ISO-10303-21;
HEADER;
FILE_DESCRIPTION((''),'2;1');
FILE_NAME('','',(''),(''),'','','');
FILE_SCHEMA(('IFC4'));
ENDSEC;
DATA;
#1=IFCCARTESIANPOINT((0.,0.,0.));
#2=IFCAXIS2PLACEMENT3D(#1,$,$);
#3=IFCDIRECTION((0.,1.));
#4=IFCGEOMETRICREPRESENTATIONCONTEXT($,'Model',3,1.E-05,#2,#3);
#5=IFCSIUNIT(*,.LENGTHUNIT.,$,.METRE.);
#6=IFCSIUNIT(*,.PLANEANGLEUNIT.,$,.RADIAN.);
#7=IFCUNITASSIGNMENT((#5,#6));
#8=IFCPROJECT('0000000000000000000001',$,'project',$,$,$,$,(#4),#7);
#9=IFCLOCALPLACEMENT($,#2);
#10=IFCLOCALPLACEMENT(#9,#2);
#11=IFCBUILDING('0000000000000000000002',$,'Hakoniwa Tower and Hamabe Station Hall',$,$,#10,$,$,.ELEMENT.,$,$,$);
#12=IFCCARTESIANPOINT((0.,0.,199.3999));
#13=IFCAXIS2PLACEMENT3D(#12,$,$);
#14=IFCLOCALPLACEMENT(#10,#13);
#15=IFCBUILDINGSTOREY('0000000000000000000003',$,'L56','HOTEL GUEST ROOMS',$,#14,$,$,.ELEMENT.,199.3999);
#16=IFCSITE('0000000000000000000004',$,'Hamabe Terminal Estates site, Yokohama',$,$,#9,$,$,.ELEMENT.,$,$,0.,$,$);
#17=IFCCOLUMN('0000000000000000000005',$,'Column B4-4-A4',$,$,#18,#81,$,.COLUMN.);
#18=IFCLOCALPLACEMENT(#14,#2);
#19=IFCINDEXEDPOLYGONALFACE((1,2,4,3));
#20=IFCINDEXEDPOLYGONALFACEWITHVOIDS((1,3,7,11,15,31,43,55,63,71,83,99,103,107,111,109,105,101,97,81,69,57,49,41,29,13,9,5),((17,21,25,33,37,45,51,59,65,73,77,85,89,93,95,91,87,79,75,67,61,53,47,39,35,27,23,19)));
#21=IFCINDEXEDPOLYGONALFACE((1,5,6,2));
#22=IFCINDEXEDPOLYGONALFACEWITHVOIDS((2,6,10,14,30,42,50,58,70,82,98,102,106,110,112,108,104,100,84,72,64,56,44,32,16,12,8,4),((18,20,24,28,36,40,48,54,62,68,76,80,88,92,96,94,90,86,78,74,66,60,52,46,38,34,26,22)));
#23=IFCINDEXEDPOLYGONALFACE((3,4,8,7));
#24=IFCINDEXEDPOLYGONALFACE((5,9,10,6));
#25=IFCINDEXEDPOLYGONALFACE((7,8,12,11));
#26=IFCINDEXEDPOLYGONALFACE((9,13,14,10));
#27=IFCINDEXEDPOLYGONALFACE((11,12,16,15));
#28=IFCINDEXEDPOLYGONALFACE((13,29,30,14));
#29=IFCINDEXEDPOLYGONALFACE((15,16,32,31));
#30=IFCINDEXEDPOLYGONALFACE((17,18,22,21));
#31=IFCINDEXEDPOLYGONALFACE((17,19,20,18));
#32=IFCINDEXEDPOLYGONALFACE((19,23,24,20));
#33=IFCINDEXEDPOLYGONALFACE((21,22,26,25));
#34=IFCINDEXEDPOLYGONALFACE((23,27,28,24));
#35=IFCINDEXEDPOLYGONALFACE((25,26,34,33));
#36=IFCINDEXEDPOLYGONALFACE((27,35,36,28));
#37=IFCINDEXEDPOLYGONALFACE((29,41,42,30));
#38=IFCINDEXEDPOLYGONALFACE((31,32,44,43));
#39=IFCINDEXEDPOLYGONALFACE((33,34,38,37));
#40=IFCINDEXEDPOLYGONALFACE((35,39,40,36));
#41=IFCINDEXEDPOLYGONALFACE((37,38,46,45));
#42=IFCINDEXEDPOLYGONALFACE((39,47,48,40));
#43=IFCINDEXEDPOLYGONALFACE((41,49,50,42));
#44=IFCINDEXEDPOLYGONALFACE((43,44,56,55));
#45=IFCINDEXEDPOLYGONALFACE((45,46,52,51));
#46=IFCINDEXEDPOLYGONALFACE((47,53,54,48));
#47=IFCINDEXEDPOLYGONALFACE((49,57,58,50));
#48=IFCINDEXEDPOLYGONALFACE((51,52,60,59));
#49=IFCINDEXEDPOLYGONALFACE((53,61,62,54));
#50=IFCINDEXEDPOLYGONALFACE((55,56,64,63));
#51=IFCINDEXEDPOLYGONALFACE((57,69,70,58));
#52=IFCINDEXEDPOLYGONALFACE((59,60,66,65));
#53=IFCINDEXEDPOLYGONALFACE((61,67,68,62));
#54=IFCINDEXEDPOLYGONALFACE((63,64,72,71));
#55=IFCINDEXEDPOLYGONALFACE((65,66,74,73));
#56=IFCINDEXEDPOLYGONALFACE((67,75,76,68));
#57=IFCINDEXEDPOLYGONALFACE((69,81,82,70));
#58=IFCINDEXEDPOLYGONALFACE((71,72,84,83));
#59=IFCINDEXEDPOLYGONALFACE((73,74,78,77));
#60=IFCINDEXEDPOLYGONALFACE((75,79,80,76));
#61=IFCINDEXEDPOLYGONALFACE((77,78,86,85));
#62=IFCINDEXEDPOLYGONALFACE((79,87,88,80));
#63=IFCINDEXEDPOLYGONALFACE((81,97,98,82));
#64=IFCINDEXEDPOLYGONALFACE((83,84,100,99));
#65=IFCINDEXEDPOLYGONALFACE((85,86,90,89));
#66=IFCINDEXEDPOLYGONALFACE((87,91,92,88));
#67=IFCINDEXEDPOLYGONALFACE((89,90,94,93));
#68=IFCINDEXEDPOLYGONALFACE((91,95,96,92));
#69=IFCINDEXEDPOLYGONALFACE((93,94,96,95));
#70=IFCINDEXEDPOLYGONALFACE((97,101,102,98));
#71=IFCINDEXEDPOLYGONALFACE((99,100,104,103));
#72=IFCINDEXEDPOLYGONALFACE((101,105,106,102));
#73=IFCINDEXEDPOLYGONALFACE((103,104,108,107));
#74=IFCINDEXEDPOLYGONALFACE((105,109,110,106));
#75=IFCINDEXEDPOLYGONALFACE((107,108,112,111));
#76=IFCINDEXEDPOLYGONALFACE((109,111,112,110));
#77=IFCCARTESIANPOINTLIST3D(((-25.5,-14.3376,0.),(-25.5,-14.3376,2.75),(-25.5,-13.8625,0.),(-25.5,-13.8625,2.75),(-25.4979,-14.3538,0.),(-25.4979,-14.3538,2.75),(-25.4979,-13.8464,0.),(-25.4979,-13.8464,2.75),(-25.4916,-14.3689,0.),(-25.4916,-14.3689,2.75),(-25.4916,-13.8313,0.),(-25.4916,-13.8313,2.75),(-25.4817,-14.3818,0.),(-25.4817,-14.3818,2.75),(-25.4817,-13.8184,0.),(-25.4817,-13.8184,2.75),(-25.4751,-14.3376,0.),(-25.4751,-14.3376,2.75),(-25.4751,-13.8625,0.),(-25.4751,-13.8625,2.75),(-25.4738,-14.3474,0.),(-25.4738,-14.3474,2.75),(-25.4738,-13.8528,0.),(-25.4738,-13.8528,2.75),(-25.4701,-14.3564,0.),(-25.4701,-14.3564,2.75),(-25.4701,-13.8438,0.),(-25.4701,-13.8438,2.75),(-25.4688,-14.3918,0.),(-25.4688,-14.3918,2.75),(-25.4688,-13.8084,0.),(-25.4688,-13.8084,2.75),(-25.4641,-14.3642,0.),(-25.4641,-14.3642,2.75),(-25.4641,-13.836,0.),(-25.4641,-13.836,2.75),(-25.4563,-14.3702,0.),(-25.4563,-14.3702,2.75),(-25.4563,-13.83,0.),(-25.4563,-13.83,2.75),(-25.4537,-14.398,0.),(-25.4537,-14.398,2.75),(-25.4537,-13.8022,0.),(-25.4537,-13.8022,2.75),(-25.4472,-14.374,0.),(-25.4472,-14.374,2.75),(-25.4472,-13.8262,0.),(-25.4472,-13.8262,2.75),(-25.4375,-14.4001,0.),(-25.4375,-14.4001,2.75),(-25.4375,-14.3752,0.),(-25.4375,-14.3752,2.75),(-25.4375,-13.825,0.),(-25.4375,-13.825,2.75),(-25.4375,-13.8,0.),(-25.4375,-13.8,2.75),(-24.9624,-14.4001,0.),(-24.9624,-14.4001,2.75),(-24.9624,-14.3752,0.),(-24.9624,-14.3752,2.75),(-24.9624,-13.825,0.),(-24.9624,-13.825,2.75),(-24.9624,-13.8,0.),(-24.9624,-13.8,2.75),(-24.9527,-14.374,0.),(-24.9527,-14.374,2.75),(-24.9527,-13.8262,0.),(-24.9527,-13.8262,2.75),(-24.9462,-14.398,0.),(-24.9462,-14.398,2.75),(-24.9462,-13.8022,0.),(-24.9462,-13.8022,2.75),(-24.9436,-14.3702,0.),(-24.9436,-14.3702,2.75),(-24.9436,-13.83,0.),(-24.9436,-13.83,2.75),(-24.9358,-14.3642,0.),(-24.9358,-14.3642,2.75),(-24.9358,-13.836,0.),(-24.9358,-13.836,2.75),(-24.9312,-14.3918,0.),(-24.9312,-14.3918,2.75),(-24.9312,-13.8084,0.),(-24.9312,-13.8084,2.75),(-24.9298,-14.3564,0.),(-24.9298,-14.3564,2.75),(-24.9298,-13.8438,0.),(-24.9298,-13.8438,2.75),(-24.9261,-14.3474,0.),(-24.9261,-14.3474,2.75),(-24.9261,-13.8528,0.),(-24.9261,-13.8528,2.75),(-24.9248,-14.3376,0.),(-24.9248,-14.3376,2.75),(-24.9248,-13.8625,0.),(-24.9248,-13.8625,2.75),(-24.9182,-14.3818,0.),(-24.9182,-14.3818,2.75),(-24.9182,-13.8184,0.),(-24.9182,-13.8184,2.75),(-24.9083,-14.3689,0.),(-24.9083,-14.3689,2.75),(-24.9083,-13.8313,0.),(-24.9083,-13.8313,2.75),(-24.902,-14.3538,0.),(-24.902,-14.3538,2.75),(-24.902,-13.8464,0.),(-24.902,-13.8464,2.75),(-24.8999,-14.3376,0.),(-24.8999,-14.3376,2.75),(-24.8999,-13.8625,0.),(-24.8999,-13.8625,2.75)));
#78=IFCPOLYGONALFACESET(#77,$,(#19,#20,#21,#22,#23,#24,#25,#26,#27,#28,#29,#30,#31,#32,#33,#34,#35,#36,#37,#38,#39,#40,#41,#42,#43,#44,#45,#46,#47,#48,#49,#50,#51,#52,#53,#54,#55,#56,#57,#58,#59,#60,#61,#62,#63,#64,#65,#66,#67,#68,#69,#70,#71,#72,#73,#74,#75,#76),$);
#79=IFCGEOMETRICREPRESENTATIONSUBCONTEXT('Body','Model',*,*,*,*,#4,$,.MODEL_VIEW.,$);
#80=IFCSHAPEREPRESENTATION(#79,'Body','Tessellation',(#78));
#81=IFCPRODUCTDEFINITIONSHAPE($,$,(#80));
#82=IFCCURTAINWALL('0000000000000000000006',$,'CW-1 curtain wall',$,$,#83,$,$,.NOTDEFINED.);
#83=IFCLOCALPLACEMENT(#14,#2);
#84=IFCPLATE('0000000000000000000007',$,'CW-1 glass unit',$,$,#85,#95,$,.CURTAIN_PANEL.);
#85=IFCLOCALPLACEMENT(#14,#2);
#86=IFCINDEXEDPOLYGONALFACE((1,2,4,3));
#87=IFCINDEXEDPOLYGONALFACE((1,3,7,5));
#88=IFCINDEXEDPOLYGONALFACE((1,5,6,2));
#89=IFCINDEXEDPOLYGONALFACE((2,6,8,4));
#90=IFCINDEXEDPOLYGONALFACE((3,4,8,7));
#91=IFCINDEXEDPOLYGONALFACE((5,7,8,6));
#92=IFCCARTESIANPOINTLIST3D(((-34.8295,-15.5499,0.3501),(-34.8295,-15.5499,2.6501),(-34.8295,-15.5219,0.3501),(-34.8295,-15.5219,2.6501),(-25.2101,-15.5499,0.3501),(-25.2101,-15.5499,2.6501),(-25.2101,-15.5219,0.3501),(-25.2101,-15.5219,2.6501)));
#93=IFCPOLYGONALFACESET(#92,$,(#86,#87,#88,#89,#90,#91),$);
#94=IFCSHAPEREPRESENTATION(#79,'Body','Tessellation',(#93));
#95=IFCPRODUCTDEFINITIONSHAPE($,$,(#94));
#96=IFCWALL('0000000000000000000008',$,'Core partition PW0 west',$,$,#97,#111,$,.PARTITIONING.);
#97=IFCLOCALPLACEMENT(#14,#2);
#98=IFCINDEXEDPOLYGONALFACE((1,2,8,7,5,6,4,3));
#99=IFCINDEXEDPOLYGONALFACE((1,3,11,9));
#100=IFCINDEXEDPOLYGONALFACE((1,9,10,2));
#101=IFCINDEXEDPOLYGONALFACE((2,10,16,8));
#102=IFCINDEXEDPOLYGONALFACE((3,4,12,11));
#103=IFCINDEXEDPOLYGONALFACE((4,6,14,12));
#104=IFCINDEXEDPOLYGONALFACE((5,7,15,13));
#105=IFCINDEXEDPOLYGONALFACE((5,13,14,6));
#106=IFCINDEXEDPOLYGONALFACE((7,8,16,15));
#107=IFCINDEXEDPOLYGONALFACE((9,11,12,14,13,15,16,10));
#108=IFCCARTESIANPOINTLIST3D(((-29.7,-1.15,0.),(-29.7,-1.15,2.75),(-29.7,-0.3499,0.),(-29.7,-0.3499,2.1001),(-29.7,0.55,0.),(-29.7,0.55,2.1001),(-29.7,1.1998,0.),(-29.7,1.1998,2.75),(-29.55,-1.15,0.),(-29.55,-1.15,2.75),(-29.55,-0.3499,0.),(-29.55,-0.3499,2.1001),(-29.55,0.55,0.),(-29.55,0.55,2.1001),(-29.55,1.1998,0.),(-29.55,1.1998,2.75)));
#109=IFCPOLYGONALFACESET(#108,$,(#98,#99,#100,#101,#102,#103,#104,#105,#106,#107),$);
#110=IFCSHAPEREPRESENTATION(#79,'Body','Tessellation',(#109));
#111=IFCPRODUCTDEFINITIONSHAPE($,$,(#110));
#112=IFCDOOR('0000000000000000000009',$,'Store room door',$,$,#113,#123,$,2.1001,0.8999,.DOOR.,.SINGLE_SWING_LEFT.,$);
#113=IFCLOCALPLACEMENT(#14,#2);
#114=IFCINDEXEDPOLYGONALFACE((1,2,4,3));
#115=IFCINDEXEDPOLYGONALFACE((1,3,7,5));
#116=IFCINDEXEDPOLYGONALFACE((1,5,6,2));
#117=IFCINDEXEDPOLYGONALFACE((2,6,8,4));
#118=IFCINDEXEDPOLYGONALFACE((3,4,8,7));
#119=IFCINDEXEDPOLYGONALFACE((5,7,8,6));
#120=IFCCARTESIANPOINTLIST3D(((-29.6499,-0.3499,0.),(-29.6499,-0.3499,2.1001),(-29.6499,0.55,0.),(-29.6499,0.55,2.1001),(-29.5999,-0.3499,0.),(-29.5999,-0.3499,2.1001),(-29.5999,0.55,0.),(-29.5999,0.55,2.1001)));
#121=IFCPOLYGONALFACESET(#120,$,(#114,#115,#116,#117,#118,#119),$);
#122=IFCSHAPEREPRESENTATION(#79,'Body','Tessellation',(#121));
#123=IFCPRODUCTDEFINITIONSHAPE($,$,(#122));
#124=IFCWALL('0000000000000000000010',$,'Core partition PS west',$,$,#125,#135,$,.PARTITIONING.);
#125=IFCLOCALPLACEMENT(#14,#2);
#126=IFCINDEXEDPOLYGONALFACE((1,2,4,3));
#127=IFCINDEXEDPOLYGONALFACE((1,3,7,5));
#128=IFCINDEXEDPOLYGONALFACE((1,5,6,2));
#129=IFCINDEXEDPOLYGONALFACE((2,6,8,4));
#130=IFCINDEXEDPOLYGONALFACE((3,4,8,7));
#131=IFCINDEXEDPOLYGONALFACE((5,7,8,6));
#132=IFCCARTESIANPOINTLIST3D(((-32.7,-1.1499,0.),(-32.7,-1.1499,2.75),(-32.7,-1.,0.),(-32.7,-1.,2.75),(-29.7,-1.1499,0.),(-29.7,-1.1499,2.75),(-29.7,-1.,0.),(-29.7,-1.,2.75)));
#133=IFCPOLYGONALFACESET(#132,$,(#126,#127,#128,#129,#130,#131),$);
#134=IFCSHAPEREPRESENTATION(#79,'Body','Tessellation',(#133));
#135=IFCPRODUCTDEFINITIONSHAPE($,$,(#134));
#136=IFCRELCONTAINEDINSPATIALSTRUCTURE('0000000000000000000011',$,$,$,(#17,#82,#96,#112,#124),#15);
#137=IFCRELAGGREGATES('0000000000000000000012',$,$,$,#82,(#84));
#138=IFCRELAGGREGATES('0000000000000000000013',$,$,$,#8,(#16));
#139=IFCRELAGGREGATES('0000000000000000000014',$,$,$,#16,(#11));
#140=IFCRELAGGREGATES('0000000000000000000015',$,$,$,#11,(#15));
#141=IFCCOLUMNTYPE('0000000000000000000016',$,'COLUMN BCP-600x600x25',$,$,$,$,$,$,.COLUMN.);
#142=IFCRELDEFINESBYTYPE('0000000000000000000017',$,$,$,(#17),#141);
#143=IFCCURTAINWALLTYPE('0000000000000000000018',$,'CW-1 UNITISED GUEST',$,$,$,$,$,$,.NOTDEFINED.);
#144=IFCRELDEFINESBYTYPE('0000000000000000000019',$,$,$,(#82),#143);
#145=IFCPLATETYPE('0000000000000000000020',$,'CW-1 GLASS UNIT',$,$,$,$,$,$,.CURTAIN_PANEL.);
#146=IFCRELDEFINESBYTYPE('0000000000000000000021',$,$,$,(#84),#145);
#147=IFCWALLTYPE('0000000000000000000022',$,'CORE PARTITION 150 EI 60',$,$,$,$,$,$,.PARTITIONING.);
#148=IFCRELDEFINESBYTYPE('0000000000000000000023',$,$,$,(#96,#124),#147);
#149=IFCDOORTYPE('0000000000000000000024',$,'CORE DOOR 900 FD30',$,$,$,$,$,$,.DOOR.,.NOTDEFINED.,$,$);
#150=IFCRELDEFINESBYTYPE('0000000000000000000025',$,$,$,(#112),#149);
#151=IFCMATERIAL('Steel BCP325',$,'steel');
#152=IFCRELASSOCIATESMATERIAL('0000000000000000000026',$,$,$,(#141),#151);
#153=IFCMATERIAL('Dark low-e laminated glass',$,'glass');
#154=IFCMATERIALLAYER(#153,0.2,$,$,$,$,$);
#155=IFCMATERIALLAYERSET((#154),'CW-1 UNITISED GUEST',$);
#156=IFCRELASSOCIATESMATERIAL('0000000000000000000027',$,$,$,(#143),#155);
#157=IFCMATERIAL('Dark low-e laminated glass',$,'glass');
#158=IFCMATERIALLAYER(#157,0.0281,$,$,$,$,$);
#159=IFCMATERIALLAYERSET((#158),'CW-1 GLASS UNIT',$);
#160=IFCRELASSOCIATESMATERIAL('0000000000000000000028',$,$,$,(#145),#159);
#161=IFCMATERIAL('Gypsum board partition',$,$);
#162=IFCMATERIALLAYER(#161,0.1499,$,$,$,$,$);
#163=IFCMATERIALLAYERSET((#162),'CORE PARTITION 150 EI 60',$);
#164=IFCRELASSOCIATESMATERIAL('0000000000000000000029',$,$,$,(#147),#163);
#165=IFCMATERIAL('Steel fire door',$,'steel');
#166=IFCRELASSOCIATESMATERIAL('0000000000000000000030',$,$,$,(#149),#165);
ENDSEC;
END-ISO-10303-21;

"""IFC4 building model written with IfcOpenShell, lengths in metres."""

from ifc_helpers import new_model, si_unit, direction, frame, frame_2d, origin, origin_2d, place, context, subcontext, project, spatial, rectangle, hollow_rectangle, extrude, material, layer, layer_set, material_profile, profile_set, type_object, element, fill, aggregate, save


model = new_model("IFC4")

# Units and contexts
model_context = context("Model", 3, precision=1e-05, world=origin(), true_north=direction((0.0, 1.0)))
body_context = subcontext(model_context, "Body", "Model", "MODEL_VIEW")
ifc_project = project(units=[si_unit("LENGTHUNIT", "METRE"), si_unit("PLANEANGLEUNIT", "RADIAN")], contexts=[model_context])

# Site, building, storey
site_placement = place(None, origin())
site = spatial("IfcSite", under=ifc_project, at=site_placement, Name="Hamabe Terminal Estates site, Yokohama", CompositionType="ELEMENT", RefElevation=0.0)
building_placement = place(site_placement, origin())
building = spatial("IfcBuilding", under=site, at=building_placement, Name="Hakoniwa Tower and Hamabe Station Hall", CompositionType="ELEMENT")
storey_placement = place(building_placement, frame((0.0, 0.0, 199.3999)))
storey = spatial("IfcBuildingStorey", under=building, at=storey_placement, Name="L56", Description="HOTEL GUEST ROOMS", CompositionType="ELEMENT", Elevation=199.3999)

# Column
ifc_material_1 = material(Name="Steel BCP325", Category="steel")
ifc_material_profile = material_profile(ifc_material_1, hollow_rectangle(XDim=0.6001, YDim=0.6001, WallThickness=0.0249, InnerFilletRadius=0.0376, OuterFilletRadius=0.0625, at=origin_2d()), Name="BCP-600x600x25")
ifc_profile_set = profile_set([ifc_material_profile], Name="Steel BCP325")
column_type = type_object("IfcColumnType", Name="COLUMN BCP-600x600x25", PredefinedType="COLUMN", material=ifc_profile_set)
column_placement = place(storey_placement, frame((-25.2, -14.1001, 0.0), z_axis=(0.0, 0.0, 1.0), x_axis=(1.0, 0.0, 0.0)))
element("IfcColumn", 1, at=column_placement, inside=storey, type_object=column_type, Name="Column B4-4-A4", PredefinedType="COLUMN", context=body_context, shape_type="SweptSolid", body=[
    extrude(hollow_rectangle(XDim=0.6001, YDim=0.6001, WallThickness=0.0249, InnerFilletRadius=0.0376, OuterFilletRadius=0.0625, at=origin_2d()), origin(), (0.0, 0.0, 1.0), 2.75),
])

# Curtain wall, plate
ifc_material_2 = material(Name="Dark low-e laminated glass", Category="glass")
ifc_layer_1 = layer(ifc_material_2, 0.2)
ifc_layer_set_1 = layer_set([ifc_layer_1], Name="CW-1 UNITISED GUEST")
curtain_wall_type = type_object("IfcCurtainWallType", Name="CW-1 UNITISED GUEST", PredefinedType="NOTDEFINED", material=ifc_layer_set_1)
curtain_wall_placement = place(storey_placement, origin())
curtain_wall = element("IfcCurtainWall", 2, at=curtain_wall_placement, inside=storey, type_object=curtain_wall_type, Name="CW-1 curtain wall", PredefinedType="NOTDEFINED")
ifc_material_3 = material(Name="Dark low-e laminated glass", Category="glass")
ifc_layer_2 = layer(ifc_material_3, 0.0281)
ifc_layer_set_2 = layer_set([ifc_layer_2], Name="CW-1 GLASS UNIT")
plate_type = type_object("IfcPlateType", Name="CW-1 GLASS UNIT", PredefinedType="CURTAIN_PANEL", material=ifc_layer_set_2)
plate_placement = place(storey_placement, frame((-30.0198, -15.5359, 0.3501), z_axis=(0.0, 0.0, 1.0), x_axis=(1.0, 0.0, 0.0)))
plate = element("IfcPlate", 3, at=plate_placement, type_object=plate_type, Name="CW-1 glass unit", PredefinedType="CURTAIN_PANEL", context=body_context, shape_type="SweptSolid", body=[
    extrude(rectangle(XDim=9.6194, YDim=0.0281, at=origin_2d()), origin(), (0.0, 0.0, 1.0), 2.3),
])
aggregate(curtain_wall, [plate])

# Wall, opening, door
ifc_material_4 = material(Name="Gypsum board partition")
ifc_layer_3 = layer(ifc_material_4, 0.1499)
ifc_layer_set_3 = layer_set([ifc_layer_3], Name="CORE PARTITION 150 EI 60")
wall_type_1 = type_object("IfcWallType", Name="CORE PARTITION 150 EI 60", PredefinedType="PARTITIONING", material=ifc_layer_set_3)
wall_1_placement = place(storey_placement, frame((-29.625, -1.1499, 0.0), z_axis=(0.0, 0.0, 1.0), x_axis=(0.0, 1.0, 0.0)))
wall_1 = element("IfcWall", 4, at=wall_1_placement, inside=storey, type_object=wall_type_1, Name="Core partition PW0 west", PredefinedType="PARTITIONING", context=body_context, shape_type="SweptSolid", body=[
    extrude(rectangle(XDim=2.3499, YDim=0.1499, at=frame_2d((1.1748, 0.0))), origin(), (0.0, 0.0, 1.0), 2.75),
])
opening_1_placement = place(wall_1_placement, frame((0.8, 0.0, 0.0)))
opening_1 = element("IfcOpeningElement", 5, at=opening_1_placement, cuts=wall_1, PredefinedType="OPENING", context=body_context, shape_type="SweptSolid", body=[
    extrude(rectangle(XDim=0.8999, YDim=2.1001, at=frame_2d((0.45, 1.05))), frame((0.0, 0.085, 0.0), z_axis=(0.0, -1.0, 0.0), x_axis=(1.0, 0.0, 0.0)), (0.0, 0.0, 1.0), 0.1699),
])
ifc_material_5 = material(Name="Steel fire door", Category="steel")
door_type_1 = type_object("IfcDoorType", Name="CORE DOOR 900 FD30", OperationType="NOTDEFINED", PredefinedType="DOOR", material=ifc_material_5)
door_1_placement = place(opening_1_placement, origin())
door_1 = element("IfcDoor", 6, at=door_1_placement, inside=storey, type_object=door_type_1, Name="Store room door", OperationType="SINGLE_SWING_LEFT", OverallHeight=2.1001, OverallWidth=0.8999, PredefinedType="DOOR", context=body_context, shape_type="SweptSolid", body=[
    extrude(rectangle(XDim=0.8999, YDim=2.1001, at=frame_2d((0.45, 1.05))), frame((0.0, 0.0249, 0.0), z_axis=(0.0, -1.0, 0.0), x_axis=(1.0, 0.0, 0.0)), (0.0, 0.0, 1.0), 0.05),
])
fill(opening_1, door_1)

# Wall
wall_2_placement = place(storey_placement, frame((-32.7, -1.075, 0.0), z_axis=(0.0, 0.0, 1.0), x_axis=(1.0, 0.0, 0.0)))
element("IfcWall", 7, at=wall_2_placement, inside=storey, type_object=wall_type_1, Name="Core partition PS west", PredefinedType="PARTITIONING", context=body_context, shape_type="SweptSolid", body=[
    extrude(rectangle(XDim=3.0, YDim=0.1499, at=frame_2d((1.5, 0.0))), origin(), (0.0, 0.0, 1.0), 2.75),
])

save(model, "model.ifc")
